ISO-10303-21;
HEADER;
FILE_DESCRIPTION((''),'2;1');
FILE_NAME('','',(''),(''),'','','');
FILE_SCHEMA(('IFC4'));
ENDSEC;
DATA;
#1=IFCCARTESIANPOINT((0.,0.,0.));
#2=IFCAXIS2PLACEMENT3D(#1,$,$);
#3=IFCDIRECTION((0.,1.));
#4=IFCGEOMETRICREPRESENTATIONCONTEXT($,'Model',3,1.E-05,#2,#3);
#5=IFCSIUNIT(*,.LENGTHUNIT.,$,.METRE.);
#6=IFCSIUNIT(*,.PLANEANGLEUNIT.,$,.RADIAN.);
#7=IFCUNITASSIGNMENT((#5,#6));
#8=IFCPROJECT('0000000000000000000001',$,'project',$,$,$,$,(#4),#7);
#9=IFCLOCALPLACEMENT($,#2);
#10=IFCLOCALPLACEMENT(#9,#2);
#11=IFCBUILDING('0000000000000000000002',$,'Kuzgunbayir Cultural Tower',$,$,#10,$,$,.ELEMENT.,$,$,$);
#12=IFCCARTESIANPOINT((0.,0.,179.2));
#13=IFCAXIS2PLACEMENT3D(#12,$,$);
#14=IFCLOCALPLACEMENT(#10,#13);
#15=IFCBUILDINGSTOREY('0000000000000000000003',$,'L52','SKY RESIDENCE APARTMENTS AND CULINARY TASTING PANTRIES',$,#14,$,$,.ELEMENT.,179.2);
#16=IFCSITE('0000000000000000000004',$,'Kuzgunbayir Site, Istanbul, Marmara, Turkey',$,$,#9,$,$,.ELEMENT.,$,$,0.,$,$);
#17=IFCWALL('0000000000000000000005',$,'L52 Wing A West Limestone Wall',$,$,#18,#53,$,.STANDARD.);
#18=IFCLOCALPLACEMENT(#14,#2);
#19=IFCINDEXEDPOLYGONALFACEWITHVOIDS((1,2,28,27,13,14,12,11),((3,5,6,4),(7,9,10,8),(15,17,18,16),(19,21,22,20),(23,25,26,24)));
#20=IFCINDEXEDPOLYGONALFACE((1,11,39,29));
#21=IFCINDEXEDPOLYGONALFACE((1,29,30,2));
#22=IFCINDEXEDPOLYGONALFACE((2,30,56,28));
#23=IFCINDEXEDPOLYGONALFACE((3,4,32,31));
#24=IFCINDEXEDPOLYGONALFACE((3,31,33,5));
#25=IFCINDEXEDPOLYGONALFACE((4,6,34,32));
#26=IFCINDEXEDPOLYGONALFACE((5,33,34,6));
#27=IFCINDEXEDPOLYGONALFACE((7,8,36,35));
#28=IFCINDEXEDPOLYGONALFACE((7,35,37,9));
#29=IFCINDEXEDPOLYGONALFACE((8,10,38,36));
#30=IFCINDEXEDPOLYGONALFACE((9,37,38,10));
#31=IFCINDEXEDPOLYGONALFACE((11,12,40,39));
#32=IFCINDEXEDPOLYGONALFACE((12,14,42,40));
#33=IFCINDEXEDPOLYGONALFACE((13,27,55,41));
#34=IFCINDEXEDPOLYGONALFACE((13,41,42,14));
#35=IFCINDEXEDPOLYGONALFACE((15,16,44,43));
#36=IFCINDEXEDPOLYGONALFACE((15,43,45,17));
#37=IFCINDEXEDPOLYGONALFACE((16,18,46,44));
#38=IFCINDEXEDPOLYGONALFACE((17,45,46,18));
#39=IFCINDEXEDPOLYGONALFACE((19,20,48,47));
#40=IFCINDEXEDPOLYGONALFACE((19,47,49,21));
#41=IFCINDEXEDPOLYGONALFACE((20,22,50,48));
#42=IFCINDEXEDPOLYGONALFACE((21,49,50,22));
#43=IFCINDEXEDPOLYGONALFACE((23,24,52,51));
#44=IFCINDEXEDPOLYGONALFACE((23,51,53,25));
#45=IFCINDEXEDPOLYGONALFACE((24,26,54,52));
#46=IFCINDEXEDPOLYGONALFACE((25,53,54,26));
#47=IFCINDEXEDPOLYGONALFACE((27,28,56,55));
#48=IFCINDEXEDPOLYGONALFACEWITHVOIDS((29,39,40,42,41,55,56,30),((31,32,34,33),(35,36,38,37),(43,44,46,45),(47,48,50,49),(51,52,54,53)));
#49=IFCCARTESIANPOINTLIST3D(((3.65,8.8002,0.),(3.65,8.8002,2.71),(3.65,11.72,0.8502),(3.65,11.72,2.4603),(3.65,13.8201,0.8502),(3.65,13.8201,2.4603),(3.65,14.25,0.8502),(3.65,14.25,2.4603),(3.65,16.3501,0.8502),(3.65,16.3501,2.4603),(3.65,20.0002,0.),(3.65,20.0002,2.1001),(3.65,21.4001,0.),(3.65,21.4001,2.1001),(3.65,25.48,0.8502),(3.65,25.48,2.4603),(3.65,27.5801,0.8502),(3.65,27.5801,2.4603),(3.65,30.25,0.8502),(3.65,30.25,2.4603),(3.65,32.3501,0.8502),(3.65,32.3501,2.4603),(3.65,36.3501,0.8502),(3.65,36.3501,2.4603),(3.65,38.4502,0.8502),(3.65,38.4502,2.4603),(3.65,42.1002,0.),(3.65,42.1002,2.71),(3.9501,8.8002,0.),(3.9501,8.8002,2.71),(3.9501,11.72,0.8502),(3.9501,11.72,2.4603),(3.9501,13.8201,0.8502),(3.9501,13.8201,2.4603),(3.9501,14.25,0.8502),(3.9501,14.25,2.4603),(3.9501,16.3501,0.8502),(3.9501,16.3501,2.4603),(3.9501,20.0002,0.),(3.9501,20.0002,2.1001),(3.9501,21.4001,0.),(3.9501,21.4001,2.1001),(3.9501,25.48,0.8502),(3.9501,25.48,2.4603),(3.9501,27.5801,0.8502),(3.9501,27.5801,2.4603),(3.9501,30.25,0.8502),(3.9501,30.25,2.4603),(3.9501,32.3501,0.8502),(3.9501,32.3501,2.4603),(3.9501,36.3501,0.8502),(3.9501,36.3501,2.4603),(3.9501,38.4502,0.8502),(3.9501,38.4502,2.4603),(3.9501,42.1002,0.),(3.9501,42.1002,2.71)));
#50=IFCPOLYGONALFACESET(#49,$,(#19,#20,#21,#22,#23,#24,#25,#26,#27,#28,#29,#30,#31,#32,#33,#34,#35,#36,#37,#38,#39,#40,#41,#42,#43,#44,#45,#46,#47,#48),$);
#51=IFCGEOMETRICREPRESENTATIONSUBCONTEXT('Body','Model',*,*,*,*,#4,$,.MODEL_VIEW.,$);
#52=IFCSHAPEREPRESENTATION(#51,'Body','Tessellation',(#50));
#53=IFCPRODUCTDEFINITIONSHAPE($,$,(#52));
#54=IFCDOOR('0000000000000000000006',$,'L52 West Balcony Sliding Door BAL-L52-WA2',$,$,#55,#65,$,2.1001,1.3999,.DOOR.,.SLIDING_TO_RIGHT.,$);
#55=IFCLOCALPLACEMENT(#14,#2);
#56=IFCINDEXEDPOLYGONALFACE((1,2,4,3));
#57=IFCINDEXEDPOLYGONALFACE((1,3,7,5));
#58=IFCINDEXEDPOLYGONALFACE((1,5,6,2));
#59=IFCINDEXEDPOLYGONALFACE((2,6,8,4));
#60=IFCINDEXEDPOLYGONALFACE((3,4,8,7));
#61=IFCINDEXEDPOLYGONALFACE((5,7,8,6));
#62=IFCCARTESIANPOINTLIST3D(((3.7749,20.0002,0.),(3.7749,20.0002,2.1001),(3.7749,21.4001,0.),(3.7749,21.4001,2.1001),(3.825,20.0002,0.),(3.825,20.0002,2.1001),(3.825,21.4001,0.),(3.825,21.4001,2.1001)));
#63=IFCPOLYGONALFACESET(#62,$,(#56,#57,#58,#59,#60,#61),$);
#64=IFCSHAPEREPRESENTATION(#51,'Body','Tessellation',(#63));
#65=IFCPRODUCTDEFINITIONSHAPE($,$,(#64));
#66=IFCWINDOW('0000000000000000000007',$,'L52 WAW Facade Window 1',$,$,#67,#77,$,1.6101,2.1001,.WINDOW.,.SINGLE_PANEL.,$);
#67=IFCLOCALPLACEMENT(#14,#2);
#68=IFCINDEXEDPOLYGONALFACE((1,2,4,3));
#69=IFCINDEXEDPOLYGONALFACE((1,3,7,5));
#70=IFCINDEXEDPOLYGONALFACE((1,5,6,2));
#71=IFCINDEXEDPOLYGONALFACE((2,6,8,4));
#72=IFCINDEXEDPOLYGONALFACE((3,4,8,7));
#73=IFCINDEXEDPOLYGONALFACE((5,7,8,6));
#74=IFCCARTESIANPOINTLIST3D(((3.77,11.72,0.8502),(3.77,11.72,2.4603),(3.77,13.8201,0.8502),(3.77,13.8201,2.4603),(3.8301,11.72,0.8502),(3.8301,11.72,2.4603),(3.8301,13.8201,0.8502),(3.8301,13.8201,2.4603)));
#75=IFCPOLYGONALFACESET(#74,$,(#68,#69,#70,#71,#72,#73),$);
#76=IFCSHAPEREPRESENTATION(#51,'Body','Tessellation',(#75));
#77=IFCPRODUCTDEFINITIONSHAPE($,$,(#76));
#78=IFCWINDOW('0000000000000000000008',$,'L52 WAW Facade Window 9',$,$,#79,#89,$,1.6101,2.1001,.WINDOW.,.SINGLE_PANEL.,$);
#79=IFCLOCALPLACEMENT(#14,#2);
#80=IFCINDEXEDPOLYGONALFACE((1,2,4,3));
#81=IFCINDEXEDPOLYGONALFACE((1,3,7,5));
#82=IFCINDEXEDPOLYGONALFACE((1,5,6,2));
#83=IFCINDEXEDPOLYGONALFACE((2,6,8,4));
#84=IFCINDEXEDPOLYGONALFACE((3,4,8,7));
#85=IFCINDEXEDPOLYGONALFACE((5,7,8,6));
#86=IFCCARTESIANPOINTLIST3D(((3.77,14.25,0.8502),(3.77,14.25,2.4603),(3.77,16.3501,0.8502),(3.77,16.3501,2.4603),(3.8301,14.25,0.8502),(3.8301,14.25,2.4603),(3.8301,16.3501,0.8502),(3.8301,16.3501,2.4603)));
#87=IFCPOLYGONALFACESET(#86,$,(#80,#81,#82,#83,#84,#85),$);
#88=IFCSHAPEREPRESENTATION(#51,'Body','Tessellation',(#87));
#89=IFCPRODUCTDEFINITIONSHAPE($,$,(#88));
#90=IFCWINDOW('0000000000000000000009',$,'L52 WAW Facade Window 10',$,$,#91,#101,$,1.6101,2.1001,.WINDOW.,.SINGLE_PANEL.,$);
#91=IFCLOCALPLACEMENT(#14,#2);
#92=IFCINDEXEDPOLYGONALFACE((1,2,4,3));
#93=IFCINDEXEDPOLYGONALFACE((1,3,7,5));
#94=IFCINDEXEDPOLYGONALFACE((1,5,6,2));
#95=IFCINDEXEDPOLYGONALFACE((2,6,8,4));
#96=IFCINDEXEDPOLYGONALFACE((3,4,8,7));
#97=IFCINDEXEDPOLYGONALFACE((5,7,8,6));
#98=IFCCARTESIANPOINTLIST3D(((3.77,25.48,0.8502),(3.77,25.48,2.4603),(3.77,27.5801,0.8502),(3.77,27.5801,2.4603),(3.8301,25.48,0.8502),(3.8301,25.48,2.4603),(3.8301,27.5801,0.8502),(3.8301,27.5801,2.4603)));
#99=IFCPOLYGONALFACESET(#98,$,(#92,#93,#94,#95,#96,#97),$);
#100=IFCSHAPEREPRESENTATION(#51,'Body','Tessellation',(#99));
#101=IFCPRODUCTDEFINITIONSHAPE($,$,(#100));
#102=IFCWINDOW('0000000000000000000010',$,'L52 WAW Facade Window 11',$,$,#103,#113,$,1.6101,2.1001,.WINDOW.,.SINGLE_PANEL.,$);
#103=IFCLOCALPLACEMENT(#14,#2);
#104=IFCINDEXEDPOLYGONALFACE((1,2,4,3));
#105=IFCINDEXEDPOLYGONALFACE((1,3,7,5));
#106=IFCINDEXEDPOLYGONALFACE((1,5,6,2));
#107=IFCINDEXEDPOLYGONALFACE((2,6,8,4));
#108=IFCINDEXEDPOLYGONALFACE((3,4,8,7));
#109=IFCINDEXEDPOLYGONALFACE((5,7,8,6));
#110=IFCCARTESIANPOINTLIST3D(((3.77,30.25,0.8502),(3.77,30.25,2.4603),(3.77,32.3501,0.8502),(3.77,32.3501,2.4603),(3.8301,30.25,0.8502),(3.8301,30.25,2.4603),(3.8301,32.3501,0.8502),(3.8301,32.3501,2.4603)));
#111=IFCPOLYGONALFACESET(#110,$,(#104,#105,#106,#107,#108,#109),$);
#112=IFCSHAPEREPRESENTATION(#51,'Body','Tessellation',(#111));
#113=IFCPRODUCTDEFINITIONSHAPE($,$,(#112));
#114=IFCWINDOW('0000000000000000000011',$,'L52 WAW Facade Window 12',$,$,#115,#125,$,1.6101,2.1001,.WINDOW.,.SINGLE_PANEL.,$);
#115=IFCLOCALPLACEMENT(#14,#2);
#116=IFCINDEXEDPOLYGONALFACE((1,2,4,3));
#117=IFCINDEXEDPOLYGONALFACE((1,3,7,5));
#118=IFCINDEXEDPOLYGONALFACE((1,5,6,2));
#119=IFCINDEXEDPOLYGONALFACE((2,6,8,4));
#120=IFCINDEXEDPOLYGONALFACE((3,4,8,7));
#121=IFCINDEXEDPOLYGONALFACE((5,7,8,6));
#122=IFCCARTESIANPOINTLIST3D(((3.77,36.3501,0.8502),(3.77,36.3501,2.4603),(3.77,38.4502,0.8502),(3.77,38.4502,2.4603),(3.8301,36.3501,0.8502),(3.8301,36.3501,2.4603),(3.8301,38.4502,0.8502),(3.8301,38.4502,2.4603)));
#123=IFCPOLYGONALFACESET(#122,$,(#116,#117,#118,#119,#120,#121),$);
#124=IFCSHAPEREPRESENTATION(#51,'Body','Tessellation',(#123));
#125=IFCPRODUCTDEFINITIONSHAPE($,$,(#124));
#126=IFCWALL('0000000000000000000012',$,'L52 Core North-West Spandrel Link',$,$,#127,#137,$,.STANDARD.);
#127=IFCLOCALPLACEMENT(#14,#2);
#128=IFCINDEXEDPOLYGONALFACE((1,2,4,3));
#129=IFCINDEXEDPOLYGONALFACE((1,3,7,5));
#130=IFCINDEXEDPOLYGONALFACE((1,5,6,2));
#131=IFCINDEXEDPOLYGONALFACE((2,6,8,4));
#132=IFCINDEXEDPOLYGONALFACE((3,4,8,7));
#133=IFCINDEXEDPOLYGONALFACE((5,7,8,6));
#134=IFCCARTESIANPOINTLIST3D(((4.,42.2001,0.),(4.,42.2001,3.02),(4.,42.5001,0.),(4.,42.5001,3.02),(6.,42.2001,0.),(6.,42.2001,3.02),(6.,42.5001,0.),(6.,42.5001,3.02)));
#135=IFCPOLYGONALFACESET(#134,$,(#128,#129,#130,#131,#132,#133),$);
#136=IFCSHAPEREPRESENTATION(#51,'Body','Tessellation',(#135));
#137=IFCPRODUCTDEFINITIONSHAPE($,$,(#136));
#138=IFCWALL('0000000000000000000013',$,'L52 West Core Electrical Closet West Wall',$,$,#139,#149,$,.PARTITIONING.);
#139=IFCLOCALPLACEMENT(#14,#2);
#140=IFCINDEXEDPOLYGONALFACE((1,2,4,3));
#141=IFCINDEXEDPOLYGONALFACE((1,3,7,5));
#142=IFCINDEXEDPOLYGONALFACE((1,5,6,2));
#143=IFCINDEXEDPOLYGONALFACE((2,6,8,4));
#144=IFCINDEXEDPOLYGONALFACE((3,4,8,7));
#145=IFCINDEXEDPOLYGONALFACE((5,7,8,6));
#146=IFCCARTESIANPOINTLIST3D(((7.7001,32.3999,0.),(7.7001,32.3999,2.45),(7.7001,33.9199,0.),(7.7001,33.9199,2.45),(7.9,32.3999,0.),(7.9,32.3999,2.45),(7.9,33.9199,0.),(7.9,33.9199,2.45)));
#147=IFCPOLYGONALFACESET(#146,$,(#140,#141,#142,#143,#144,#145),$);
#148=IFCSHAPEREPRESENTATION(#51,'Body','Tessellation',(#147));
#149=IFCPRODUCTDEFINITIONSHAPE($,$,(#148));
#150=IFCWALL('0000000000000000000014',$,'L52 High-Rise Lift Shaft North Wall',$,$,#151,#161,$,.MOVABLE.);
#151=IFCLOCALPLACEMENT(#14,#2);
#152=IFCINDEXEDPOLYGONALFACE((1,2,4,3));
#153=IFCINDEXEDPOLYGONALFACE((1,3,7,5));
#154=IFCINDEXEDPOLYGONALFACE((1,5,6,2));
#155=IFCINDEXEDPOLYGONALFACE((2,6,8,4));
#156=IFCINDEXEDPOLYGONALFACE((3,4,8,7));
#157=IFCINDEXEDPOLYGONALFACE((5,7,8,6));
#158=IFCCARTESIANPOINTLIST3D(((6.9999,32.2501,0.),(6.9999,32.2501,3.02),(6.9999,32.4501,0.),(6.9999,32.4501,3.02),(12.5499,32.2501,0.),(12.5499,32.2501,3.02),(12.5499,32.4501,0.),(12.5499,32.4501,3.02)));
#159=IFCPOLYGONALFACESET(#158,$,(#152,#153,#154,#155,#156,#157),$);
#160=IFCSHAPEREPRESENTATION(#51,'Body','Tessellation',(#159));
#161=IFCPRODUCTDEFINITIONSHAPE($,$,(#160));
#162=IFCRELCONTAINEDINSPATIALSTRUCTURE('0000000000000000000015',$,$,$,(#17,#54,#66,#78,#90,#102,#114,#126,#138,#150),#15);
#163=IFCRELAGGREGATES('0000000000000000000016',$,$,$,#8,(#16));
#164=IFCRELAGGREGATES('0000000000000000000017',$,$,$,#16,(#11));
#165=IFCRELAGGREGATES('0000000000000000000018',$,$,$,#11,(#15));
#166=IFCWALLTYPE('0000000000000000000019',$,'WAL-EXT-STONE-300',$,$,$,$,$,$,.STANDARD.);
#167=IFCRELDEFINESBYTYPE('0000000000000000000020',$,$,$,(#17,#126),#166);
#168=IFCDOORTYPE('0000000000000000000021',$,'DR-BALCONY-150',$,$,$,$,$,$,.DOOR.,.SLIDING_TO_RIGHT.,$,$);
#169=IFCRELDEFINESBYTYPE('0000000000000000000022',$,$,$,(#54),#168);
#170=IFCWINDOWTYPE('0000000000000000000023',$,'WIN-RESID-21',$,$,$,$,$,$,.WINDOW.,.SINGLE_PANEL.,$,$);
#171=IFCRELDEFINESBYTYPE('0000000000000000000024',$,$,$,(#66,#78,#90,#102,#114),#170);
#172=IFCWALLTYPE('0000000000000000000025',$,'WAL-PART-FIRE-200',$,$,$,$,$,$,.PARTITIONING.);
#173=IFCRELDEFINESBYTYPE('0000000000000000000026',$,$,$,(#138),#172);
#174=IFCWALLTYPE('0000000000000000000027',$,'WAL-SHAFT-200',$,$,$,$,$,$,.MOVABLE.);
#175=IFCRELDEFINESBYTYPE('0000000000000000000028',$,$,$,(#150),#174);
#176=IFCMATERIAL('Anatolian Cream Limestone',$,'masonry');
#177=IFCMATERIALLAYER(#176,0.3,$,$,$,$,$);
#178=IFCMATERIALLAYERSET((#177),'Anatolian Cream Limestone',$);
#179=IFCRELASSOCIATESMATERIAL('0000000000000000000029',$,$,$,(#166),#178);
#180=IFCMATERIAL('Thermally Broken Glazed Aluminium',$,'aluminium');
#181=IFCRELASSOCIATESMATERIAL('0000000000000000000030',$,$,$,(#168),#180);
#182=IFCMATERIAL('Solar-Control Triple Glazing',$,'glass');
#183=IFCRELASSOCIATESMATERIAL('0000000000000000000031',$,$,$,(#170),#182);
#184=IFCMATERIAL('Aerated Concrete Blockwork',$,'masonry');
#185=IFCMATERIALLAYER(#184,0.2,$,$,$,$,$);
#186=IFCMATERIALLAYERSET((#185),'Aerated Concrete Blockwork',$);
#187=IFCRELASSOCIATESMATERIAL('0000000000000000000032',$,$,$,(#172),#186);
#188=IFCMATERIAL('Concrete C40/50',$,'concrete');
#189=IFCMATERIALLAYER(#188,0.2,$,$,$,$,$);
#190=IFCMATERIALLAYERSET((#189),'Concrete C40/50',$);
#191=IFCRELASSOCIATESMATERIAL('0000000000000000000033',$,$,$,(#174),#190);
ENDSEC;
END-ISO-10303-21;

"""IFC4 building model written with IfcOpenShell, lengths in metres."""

from ifc_helpers import new_model, si_unit, direction, frame, frame_2d, origin, place, context, subcontext, project, spatial, rectangle, extrude, material, layer, layer_set, type_object, element, fill, save


model = new_model("IFC4")

# Units and contexts
model_context = context("Model", 3, precision=1e-05, world=origin(), true_north=direction((0.0, 1.0)))
body_context = subcontext(model_context, "Body", "Model", "MODEL_VIEW")
ifc_project = project(units=[si_unit("LENGTHUNIT", "METRE"), si_unit("PLANEANGLEUNIT", "RADIAN")], contexts=[model_context])

# Site, building, storey
site_placement = place(None, origin())
site = spatial("IfcSite", under=ifc_project, at=site_placement, Name="Kuzgunbayir Site, Istanbul, Marmara, Turkey", CompositionType="ELEMENT", RefElevation=0.0)
building_placement = place(site_placement, origin())
building = spatial("IfcBuilding", under=site, at=building_placement, Name="Kuzgunbayir Cultural Tower", CompositionType="ELEMENT")
storey_placement = place(building_placement, frame((0.0, 0.0, 179.2)))
storey = spatial("IfcBuildingStorey", under=building, at=storey_placement, Name="L52", Description="SKY RESIDENCE APARTMENTS AND CULINARY TASTING PANTRIES", CompositionType="ELEMENT", Elevation=179.2)

# Wall, openings, door, windows
ifc_material_1 = material(Name="Anatolian Cream Limestone", Category="masonry")
ifc_layer_1 = layer(ifc_material_1, 0.3)
ifc_layer_set_1 = layer_set([ifc_layer_1], Name="Anatolian Cream Limestone")
wall_type_1 = type_object("IfcWallType", Name="WAL-EXT-STONE-300", PredefinedType="STANDARD", material=ifc_layer_set_1)
wall_1_placement = place(storey_placement, frame((3.8, 42.1001, 0.0), z_axis=(0.0, 0.0, 1.0), x_axis=(0.0, -1.0, 0.0)))
wall_1 = element("IfcWall", 1, at=wall_1_placement, inside=storey, type_object=wall_type_1, Name="L52 Wing A West Limestone Wall", PredefinedType="STANDARD", context=body_context, shape_type="SweptSolid", body=[
    extrude(rectangle(XDim=33.3, YDim=0.3, at=frame_2d((16.6499, 0.0))), origin(), (0.0, 0.0, 1.0), 2.71),
])
opening_1_placement = place(wall_1_placement, frame((20.7, 0.0, 0.0)))
opening_1 = element("IfcOpeningElement", 2, at=opening_1_placement, cuts=wall_1, PredefinedType="OPENING", context=body_context, shape_type="SweptSolid", body=[
    extrude(rectangle(XDim=1.3999, YDim=2.1001, at=frame_2d((0.7, 1.05))), frame((0.0, 0.1602, 0.0), z_axis=(0.0, -1.0, 0.0), x_axis=(1.0, 0.0, 0.0)), (0.0, 0.0, 1.0), 0.3201),
])
opening_2_placement = place(wall_1_placement, frame((28.28, 0.0, 0.8501)))
opening_2 = element("IfcOpeningElement", 3, at=opening_2_placement, cuts=wall_1, PredefinedType="OPENING", context=body_context, shape_type="SweptSolid", body=[
    extrude(rectangle(XDim=2.1001, YDim=1.6101, at=frame_2d((1.05, 0.8052))), frame((0.0, 0.1602, 0.0), z_axis=(0.0, -1.0, 0.0), x_axis=(1.0, 0.0, 0.0)), (0.0, 0.0, 1.0), 0.3201),
])
opening_3_placement = place(wall_1_placement, frame((25.75, 0.0, 0.8501)))
opening_3 = element("IfcOpeningElement", 4, at=opening_3_placement, cuts=wall_1, PredefinedType="OPENING", context=body_context, shape_type="SweptSolid", body=[
    extrude(rectangle(XDim=2.1001, YDim=1.6101, at=frame_2d((1.05, 0.8052))), frame((0.0, 0.1602, 0.0), z_axis=(0.0, -1.0, 0.0), x_axis=(1.0, 0.0, 0.0)), (0.0, 0.0, 1.0), 0.3201),
])
opening_4_placement = place(wall_1_placement, frame((14.52, 0.0, 0.8501)))
opening_4 = element("IfcOpeningElement", 5, at=opening_4_placement, cuts=wall_1, PredefinedType="OPENING", context=body_context, shape_type="SweptSolid", body=[
    extrude(rectangle(XDim=2.1001, YDim=1.6101, at=frame_2d((1.05, 0.8052))), frame((0.0, 0.1602, 0.0), z_axis=(0.0, -1.0, 0.0), x_axis=(1.0, 0.0, 0.0)), (0.0, 0.0, 1.0), 0.3201),
])
opening_5_placement = place(wall_1_placement, frame((9.75, 0.0, 0.8501)))
opening_5 = element("IfcOpeningElement", 6, at=opening_5_placement, cuts=wall_1, PredefinedType="OPENING", context=body_context, shape_type="SweptSolid", body=[
    extrude(rectangle(XDim=2.1001, YDim=1.6101, at=frame_2d((1.05, 0.8052))), frame((0.0, 0.1602, 0.0), z_axis=(0.0, -1.0, 0.0), x_axis=(1.0, 0.0, 0.0)), (0.0, 0.0, 1.0), 0.3201),
])
opening_6_placement = place(wall_1_placement, frame((3.6499, 0.0, 0.8501)))
opening_6 = element("IfcOpeningElement", 7, at=opening_6_placement, cuts=wall_1, PredefinedType="OPENING", context=body_context, shape_type="SweptSolid", body=[
    extrude(rectangle(XDim=2.1001, YDim=1.6101, at=frame_2d((1.05, 0.8052))), frame((0.0, 0.1602, 0.0), z_axis=(0.0, -1.0, 0.0), x_axis=(1.0, 0.0, 0.0)), (0.0, 0.0, 1.0), 0.3201),
])
ifc_material_2 = material(Name="Thermally Broken Glazed Aluminium", Category="aluminium")
door_type = type_object("IfcDoorType", Name="DR-BALCONY-150", OperationType="SLIDING_TO_RIGHT", PredefinedType="DOOR", material=ifc_material_2)
door_placement = place(opening_1_placement, origin())
door = element("IfcDoor", 8, at=door_placement, inside=storey, type_object=door_type, Name="L52 West Balcony Sliding Door BAL-L52-WA2", OperationType="SLIDING_TO_RIGHT", OverallHeight=2.1001, OverallWidth=1.3999, PredefinedType="DOOR", context=body_context, shape_type="SweptSolid", body=[
    extrude(rectangle(XDim=1.3999, YDim=2.1001, at=frame_2d((0.7, 1.05))), frame((0.0, 0.0249, 0.0), z_axis=(0.0, -1.0, 0.0), x_axis=(1.0, 0.0, 0.0)), (0.0, 0.0, 1.0), 0.05),
])
fill(opening_1, door)
ifc_material_3 = material(Name="Solar-Control Triple Glazing", Category="glass")
window_type = type_object("IfcWindowType", Name="WIN-RESID-21", PartitioningType="SINGLE_PANEL", PredefinedType="WINDOW", material=ifc_material_3)
window_1_placement = place(opening_2_placement, origin())
window_1 = element("IfcWindow", 9, at=window_1_placement, inside=storey, type_object=window_type, Name="L52 WAW Facade Window 1", OverallHeight=1.6101, OverallWidth=2.1001, PartitioningType="SINGLE_PANEL", PredefinedType="WINDOW", context=body_context, shape_type="SweptSolid", body=[
    extrude(rectangle(XDim=2.1001, YDim=1.6101, at=frame_2d((1.05, 0.8052))), frame((0.0, 0.03, 0.0), z_axis=(0.0, -1.0, 0.0), x_axis=(1.0, 0.0, 0.0)), (0.0, 0.0, 1.0), 0.0601),
])
fill(opening_2, window_1)
window_2_placement = place(opening_3_placement, origin())
window_2 = element("IfcWindow", 10, at=window_2_placement, inside=storey, type_object=window_type, Name="L52 WAW Facade Window 9", OverallHeight=1.6101, OverallWidth=2.1001, PartitioningType="SINGLE_PANEL", PredefinedType="WINDOW", context=body_context, shape_type="SweptSolid", body=[
    extrude(rectangle(XDim=2.1001, YDim=1.6101, at=frame_2d((1.05, 0.8052))), frame((0.0, 0.03, 0.0), z_axis=(0.0, -1.0, 0.0), x_axis=(1.0, 0.0, 0.0)), (0.0, 0.0, 1.0), 0.0601),
])
fill(opening_3, window_2)
window_3_placement = place(opening_4_placement, origin())
window_3 = element("IfcWindow", 11, at=window_3_placement, inside=storey, type_object=window_type, Name="L52 WAW Facade Window 10", OverallHeight=1.6101, OverallWidth=2.1001, PartitioningType="SINGLE_PANEL", PredefinedType="WINDOW", context=body_context, shape_type="SweptSolid", body=[
    extrude(rectangle(XDim=2.1001, YDim=1.6101, at=frame_2d((1.05, 0.8052))), frame((0.0, 0.03, 0.0), z_axis=(0.0, -1.0, 0.0), x_axis=(1.0, 0.0, 0.0)), (0.0, 0.0, 1.0), 0.0601),
])
fill(opening_4, window_3)
window_4_placement = place(opening_5_placement, origin())
window_4 = element("IfcWindow", 12, at=window_4_placement, inside=storey, type_object=window_type, Name="L52 WAW Facade Window 11", OverallHeight=1.6101, OverallWidth=2.1001, PartitioningType="SINGLE_PANEL", PredefinedType="WINDOW", context=body_context, shape_type="SweptSolid", body=[
    extrude(rectangle(XDim=2.1001, YDim=1.6101, at=frame_2d((1.05, 0.8052))), frame((0.0, 0.03, 0.0), z_axis=(0.0, -1.0, 0.0), x_axis=(1.0, 0.0, 0.0)), (0.0, 0.0, 1.0), 0.0601),
])
fill(opening_5, window_4)
window_5_placement = place(opening_6_placement, origin())
window_5 = element("IfcWindow", 13, at=window_5_placement, inside=storey, type_object=window_type, Name="L52 WAW Facade Window 12", OverallHeight=1.6101, OverallWidth=2.1001, PartitioningType="SINGLE_PANEL", PredefinedType="WINDOW", context=body_context, shape_type="SweptSolid", body=[
    extrude(rectangle(XDim=2.1001, YDim=1.6101, at=frame_2d((1.05, 0.8052))), frame((0.0, 0.03, 0.0), z_axis=(0.0, -1.0, 0.0), x_axis=(1.0, 0.0, 0.0)), (0.0, 0.0, 1.0), 0.0601),
])
fill(opening_6, window_5)

# Walls
wall_2_placement = place(storey_placement, frame((6.0, 42.3501, 0.0), z_axis=(0.0, 0.0, 1.0), x_axis=(-1.0, 0.0, 0.0)))
element("IfcWall", 14, at=wall_2_placement, inside=storey, type_object=wall_type_1, Name="L52 Core North-West Spandrel Link", PredefinedType="STANDARD", context=body_context, shape_type="SweptSolid", body=[
    extrude(rectangle(XDim=2.0, YDim=0.3, at=frame_2d((1.0, 0.0))), origin(), (0.0, 0.0, 1.0), 3.02),
])
ifc_material_4 = material(Name="Aerated Concrete Blockwork", Category="masonry")
ifc_layer_2 = layer(ifc_material_4, 0.2)
ifc_layer_set_2 = layer_set([ifc_layer_2], Name="Aerated Concrete Blockwork")
wall_type_2 = type_object("IfcWallType", Name="WAL-PART-FIRE-200", PredefinedType="PARTITIONING", material=ifc_layer_set_2)
wall_3_placement = place(storey_placement, frame((7.8, 32.3999, 0.0), z_axis=(0.0, 0.0, 1.0), x_axis=(0.0, 1.0, 0.0)))
element("IfcWall", 15, at=wall_3_placement, inside=storey, type_object=wall_type_2, Name="L52 West Core Electrical Closet West Wall", PredefinedType="PARTITIONING", context=body_context, shape_type="SweptSolid", body=[
    extrude(rectangle(XDim=1.52, YDim=0.2, at=frame_2d((0.76, 0.0))), origin(), (0.0, 0.0, 1.0), 2.45),
])
ifc_material_5 = material(Name="Concrete C40/50", Category="concrete")
ifc_layer_3 = layer(ifc_material_5, 0.2)
ifc_layer_set_3 = layer_set([ifc_layer_3], Name="Concrete C40/50")
wall_type_3 = type_object("IfcWallType", Name="WAL-SHAFT-200", PredefinedType="MOVABLE", material=ifc_layer_set_3)
wall_4_placement = place(storey_placement, frame((7.0, 32.3501, 0.0), z_axis=(0.0, 0.0, 1.0), x_axis=(1.0, 0.0, 0.0)))
element("IfcWall", 16, at=wall_4_placement, inside=storey, type_object=wall_type_3, Name="L52 High-Rise Lift Shaft North Wall", PredefinedType="MOVABLE", context=body_context, shape_type="SweptSolid", body=[
    extrude(rectangle(XDim=5.55, YDim=0.2, at=frame_2d((2.7749, 0.0))), origin(), (0.0, 0.0, 1.0), 3.02),
])

save(model, "model.ifc")
